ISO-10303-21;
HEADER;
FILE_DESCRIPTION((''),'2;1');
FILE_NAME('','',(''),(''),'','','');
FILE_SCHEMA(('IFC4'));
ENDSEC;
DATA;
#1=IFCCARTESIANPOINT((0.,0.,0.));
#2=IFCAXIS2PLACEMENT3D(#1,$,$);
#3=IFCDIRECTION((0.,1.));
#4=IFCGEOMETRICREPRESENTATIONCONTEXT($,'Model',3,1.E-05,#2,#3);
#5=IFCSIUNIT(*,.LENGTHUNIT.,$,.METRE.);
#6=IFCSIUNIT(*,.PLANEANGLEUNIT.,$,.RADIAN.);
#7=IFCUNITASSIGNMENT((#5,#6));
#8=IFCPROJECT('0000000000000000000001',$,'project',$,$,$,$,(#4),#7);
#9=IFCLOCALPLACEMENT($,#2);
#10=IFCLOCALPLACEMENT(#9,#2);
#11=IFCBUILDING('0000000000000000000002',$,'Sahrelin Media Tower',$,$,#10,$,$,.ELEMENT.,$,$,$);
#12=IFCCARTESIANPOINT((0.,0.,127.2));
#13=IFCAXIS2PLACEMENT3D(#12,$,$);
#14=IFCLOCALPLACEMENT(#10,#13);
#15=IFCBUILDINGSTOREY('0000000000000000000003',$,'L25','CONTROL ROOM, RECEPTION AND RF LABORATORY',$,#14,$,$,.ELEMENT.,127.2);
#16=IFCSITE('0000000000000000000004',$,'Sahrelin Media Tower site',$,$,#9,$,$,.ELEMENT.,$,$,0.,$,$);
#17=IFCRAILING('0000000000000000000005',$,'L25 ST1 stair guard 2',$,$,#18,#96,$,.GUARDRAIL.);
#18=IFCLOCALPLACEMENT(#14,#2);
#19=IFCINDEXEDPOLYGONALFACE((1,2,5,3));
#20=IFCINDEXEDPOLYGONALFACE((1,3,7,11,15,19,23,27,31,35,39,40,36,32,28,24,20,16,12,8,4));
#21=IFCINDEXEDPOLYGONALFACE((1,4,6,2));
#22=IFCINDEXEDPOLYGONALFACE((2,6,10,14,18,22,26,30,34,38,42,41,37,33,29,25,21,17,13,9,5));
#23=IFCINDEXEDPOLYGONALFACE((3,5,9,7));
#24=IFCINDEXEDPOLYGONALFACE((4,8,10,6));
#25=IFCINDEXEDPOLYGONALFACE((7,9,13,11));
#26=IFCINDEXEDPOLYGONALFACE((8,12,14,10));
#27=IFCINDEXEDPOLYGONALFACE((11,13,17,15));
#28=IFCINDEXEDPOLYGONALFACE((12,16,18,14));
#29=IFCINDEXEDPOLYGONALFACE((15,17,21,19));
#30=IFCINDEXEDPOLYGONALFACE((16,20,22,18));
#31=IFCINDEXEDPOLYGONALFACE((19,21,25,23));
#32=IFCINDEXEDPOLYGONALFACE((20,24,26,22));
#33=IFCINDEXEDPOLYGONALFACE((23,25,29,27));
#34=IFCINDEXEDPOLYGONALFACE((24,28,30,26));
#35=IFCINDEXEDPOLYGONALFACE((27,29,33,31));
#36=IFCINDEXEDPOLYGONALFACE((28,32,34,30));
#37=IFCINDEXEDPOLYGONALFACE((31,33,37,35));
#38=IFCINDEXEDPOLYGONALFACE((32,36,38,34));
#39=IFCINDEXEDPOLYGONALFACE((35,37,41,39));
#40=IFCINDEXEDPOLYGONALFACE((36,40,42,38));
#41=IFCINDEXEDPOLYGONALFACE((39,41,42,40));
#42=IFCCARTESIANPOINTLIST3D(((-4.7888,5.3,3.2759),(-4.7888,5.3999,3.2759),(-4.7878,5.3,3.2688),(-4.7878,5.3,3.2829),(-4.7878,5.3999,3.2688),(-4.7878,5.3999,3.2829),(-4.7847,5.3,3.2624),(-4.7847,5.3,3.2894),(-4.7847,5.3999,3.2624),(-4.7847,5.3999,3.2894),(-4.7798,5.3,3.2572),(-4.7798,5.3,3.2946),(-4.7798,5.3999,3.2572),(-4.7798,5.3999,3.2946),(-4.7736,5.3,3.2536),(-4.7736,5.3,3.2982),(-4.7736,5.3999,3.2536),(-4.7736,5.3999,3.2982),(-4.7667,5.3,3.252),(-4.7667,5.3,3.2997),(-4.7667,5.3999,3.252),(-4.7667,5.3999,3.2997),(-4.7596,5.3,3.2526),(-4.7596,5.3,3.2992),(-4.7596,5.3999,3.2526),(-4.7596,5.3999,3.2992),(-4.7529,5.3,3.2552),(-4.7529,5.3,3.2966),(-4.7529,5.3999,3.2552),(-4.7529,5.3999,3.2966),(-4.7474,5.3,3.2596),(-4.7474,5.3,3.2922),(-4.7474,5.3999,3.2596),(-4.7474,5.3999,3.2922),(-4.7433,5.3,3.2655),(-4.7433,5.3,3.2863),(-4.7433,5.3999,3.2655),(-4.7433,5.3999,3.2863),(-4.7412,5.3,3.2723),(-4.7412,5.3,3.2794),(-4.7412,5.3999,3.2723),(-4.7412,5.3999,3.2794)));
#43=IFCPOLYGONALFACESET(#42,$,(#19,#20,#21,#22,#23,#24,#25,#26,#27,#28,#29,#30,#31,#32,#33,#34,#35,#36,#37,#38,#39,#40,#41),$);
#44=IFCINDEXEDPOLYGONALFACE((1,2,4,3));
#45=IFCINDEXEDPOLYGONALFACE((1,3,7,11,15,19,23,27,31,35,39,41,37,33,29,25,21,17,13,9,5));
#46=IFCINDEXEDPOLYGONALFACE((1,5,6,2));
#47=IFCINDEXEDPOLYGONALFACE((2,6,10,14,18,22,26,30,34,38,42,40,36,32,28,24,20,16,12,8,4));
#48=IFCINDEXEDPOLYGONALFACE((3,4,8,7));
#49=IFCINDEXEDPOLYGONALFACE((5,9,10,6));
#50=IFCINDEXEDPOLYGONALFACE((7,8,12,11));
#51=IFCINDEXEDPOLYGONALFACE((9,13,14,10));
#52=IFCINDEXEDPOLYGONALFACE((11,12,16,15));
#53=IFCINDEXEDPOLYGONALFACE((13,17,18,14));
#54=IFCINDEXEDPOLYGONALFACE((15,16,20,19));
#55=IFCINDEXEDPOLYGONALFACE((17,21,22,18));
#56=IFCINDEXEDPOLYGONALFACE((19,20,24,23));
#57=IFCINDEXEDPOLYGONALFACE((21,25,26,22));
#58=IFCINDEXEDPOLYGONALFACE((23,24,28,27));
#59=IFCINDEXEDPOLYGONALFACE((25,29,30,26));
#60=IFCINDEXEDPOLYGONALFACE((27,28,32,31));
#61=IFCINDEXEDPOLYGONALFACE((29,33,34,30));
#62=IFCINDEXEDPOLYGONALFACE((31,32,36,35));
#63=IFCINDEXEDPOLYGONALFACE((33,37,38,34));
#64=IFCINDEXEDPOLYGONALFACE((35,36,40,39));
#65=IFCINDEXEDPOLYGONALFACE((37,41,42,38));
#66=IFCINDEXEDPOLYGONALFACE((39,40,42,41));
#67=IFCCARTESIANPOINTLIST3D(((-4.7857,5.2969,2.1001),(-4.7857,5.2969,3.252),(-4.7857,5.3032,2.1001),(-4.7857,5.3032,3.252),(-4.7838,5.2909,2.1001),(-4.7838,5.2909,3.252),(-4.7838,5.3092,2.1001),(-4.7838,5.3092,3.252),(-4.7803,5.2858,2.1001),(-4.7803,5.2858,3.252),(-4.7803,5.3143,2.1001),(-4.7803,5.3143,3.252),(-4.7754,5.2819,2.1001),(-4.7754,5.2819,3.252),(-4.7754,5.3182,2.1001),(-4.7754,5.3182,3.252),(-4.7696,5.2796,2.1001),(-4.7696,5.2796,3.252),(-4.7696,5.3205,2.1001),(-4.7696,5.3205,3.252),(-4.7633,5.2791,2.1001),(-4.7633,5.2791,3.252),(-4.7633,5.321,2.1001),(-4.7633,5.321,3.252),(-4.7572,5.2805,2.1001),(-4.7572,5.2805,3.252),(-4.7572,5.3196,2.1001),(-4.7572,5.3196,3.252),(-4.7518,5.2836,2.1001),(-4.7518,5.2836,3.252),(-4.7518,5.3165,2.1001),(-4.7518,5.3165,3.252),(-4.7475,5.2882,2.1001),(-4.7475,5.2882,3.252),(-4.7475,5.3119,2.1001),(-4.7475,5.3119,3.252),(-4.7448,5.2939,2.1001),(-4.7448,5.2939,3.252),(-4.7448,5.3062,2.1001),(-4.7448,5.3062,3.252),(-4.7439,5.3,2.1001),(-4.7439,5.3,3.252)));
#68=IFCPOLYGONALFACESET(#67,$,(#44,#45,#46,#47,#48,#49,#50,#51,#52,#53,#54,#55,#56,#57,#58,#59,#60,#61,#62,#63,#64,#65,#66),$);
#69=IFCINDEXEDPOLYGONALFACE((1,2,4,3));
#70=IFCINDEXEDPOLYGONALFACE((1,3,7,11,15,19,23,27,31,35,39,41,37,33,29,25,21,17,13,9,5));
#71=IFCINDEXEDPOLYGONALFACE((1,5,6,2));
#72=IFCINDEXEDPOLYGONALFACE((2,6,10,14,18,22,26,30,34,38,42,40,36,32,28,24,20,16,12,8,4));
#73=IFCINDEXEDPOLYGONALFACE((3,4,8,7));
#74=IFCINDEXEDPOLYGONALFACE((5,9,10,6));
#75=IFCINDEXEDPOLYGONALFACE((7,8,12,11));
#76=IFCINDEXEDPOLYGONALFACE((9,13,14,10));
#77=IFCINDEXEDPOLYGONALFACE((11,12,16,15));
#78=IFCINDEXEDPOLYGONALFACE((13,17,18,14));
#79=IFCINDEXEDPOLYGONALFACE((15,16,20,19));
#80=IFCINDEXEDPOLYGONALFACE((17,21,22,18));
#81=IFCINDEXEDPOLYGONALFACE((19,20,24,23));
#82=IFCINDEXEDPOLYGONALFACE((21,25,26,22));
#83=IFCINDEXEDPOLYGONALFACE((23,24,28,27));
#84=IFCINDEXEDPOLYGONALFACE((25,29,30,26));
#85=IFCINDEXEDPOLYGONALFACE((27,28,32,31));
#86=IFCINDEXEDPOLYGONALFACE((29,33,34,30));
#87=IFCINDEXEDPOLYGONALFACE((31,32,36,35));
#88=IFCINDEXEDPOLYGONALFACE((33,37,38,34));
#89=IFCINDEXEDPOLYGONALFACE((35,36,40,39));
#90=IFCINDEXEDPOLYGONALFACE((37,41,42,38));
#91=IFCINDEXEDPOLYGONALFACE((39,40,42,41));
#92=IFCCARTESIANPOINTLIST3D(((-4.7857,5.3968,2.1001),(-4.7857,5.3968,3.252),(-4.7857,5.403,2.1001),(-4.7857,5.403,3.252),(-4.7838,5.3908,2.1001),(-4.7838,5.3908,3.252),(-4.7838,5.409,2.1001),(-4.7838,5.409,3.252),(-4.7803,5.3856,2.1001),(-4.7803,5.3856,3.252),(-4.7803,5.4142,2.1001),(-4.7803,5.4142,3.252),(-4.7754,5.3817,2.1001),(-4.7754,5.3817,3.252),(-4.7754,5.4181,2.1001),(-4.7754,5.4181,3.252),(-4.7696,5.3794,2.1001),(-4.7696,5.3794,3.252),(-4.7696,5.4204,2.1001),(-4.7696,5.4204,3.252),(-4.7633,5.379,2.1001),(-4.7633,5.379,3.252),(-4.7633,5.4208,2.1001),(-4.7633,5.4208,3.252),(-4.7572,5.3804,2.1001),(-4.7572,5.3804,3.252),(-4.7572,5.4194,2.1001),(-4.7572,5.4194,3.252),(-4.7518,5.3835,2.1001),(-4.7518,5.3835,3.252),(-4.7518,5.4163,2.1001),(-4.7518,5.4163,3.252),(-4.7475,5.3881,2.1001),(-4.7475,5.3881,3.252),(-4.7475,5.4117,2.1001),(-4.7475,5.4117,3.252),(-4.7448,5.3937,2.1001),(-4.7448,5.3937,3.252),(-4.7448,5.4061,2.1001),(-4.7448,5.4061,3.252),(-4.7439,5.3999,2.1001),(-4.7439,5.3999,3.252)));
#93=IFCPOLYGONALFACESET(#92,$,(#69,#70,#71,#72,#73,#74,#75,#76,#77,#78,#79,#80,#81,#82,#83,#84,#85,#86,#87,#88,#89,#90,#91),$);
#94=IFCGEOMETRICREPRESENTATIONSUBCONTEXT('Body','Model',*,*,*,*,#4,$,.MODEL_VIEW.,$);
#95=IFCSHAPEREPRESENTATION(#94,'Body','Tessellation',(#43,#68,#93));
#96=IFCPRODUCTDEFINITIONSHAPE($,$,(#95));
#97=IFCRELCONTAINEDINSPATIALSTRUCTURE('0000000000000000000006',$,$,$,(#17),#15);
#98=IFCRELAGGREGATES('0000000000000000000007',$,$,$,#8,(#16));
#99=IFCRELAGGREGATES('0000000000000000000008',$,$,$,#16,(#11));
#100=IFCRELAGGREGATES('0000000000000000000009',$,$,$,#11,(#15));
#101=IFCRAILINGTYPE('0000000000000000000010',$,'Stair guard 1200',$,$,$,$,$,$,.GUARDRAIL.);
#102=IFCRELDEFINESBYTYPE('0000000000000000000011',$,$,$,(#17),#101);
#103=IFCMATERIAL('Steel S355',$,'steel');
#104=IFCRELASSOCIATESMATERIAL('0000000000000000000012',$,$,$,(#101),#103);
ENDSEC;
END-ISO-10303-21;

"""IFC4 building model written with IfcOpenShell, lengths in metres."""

from ifc_helpers import new_model, si_unit, direction, frame, origin, origin_2d, place, context, subcontext, project, spatial, circle, extrude, material, type_object, element, save


model = new_model("IFC4")

# Units and contexts
model_context = context("Model", 3, precision=1e-05, world=origin(), true_north=direction((0.0, 1.0)))
body_context = subcontext(model_context, "Body", "Model", "MODEL_VIEW")
ifc_project = project(units=[si_unit("LENGTHUNIT", "METRE"), si_unit("PLANEANGLEUNIT", "RADIAN")], contexts=[model_context])

# Site, building, storey
site_placement = place(None, origin())
site = spatial("IfcSite", under=ifc_project, at=site_placement, Name="Sahrelin Media Tower site", CompositionType="ELEMENT", RefElevation=0.0)
building_placement = place(site_placement, origin())
building = spatial("IfcBuilding", under=site, at=building_placement, Name="Sahrelin Media Tower", CompositionType="ELEMENT")
storey_placement = place(building_placement, frame((0.0, 0.0, 127.2)))
storey = spatial("IfcBuildingStorey", under=building, at=storey_placement, Name="L25", Description="CONTROL ROOM, RECEPTION AND RF LABORATORY", CompositionType="ELEMENT", Elevation=127.2)

# Shared definitions
ifc_material_1 = material(Name="Steel S355", Category="steel")

# Railing
railing_type_1 = type_object("IfcRailingType", Name="Stair guard 1200", PredefinedType="GUARDRAIL", material=ifc_material_1)
railing_1_placement = place(storey_placement, frame((-4.7649, 5.3, 2.1001)))
element("IfcRailing", 1, at=railing_1_placement, inside=storey, type_object=railing_type_1, Name="L25 ST1 stair guard 2", PredefinedType="GUARDRAIL", context=body_context, shape_type="SweptSolid", body=[
    extrude(circle(Radius=0.0239, at=origin_2d()), frame((0.0, 0.0, 1.1758), z_axis=(0.0, 1.0, 0.0), x_axis=(-1.0, 0.0, 0.0)), (0.0, 0.0, 1.0), 0.0999),
    extrude(circle(Radius=0.021, at=origin_2d()), origin(), (0.0, 0.0, 1.0), 1.1519),
    extrude(circle(Radius=0.021, at=origin_2d()), frame((0.0, 0.0999, 0.0)), (0.0, 0.0, 1.0), 1.1519),
])

save(model, "model.ifc")
